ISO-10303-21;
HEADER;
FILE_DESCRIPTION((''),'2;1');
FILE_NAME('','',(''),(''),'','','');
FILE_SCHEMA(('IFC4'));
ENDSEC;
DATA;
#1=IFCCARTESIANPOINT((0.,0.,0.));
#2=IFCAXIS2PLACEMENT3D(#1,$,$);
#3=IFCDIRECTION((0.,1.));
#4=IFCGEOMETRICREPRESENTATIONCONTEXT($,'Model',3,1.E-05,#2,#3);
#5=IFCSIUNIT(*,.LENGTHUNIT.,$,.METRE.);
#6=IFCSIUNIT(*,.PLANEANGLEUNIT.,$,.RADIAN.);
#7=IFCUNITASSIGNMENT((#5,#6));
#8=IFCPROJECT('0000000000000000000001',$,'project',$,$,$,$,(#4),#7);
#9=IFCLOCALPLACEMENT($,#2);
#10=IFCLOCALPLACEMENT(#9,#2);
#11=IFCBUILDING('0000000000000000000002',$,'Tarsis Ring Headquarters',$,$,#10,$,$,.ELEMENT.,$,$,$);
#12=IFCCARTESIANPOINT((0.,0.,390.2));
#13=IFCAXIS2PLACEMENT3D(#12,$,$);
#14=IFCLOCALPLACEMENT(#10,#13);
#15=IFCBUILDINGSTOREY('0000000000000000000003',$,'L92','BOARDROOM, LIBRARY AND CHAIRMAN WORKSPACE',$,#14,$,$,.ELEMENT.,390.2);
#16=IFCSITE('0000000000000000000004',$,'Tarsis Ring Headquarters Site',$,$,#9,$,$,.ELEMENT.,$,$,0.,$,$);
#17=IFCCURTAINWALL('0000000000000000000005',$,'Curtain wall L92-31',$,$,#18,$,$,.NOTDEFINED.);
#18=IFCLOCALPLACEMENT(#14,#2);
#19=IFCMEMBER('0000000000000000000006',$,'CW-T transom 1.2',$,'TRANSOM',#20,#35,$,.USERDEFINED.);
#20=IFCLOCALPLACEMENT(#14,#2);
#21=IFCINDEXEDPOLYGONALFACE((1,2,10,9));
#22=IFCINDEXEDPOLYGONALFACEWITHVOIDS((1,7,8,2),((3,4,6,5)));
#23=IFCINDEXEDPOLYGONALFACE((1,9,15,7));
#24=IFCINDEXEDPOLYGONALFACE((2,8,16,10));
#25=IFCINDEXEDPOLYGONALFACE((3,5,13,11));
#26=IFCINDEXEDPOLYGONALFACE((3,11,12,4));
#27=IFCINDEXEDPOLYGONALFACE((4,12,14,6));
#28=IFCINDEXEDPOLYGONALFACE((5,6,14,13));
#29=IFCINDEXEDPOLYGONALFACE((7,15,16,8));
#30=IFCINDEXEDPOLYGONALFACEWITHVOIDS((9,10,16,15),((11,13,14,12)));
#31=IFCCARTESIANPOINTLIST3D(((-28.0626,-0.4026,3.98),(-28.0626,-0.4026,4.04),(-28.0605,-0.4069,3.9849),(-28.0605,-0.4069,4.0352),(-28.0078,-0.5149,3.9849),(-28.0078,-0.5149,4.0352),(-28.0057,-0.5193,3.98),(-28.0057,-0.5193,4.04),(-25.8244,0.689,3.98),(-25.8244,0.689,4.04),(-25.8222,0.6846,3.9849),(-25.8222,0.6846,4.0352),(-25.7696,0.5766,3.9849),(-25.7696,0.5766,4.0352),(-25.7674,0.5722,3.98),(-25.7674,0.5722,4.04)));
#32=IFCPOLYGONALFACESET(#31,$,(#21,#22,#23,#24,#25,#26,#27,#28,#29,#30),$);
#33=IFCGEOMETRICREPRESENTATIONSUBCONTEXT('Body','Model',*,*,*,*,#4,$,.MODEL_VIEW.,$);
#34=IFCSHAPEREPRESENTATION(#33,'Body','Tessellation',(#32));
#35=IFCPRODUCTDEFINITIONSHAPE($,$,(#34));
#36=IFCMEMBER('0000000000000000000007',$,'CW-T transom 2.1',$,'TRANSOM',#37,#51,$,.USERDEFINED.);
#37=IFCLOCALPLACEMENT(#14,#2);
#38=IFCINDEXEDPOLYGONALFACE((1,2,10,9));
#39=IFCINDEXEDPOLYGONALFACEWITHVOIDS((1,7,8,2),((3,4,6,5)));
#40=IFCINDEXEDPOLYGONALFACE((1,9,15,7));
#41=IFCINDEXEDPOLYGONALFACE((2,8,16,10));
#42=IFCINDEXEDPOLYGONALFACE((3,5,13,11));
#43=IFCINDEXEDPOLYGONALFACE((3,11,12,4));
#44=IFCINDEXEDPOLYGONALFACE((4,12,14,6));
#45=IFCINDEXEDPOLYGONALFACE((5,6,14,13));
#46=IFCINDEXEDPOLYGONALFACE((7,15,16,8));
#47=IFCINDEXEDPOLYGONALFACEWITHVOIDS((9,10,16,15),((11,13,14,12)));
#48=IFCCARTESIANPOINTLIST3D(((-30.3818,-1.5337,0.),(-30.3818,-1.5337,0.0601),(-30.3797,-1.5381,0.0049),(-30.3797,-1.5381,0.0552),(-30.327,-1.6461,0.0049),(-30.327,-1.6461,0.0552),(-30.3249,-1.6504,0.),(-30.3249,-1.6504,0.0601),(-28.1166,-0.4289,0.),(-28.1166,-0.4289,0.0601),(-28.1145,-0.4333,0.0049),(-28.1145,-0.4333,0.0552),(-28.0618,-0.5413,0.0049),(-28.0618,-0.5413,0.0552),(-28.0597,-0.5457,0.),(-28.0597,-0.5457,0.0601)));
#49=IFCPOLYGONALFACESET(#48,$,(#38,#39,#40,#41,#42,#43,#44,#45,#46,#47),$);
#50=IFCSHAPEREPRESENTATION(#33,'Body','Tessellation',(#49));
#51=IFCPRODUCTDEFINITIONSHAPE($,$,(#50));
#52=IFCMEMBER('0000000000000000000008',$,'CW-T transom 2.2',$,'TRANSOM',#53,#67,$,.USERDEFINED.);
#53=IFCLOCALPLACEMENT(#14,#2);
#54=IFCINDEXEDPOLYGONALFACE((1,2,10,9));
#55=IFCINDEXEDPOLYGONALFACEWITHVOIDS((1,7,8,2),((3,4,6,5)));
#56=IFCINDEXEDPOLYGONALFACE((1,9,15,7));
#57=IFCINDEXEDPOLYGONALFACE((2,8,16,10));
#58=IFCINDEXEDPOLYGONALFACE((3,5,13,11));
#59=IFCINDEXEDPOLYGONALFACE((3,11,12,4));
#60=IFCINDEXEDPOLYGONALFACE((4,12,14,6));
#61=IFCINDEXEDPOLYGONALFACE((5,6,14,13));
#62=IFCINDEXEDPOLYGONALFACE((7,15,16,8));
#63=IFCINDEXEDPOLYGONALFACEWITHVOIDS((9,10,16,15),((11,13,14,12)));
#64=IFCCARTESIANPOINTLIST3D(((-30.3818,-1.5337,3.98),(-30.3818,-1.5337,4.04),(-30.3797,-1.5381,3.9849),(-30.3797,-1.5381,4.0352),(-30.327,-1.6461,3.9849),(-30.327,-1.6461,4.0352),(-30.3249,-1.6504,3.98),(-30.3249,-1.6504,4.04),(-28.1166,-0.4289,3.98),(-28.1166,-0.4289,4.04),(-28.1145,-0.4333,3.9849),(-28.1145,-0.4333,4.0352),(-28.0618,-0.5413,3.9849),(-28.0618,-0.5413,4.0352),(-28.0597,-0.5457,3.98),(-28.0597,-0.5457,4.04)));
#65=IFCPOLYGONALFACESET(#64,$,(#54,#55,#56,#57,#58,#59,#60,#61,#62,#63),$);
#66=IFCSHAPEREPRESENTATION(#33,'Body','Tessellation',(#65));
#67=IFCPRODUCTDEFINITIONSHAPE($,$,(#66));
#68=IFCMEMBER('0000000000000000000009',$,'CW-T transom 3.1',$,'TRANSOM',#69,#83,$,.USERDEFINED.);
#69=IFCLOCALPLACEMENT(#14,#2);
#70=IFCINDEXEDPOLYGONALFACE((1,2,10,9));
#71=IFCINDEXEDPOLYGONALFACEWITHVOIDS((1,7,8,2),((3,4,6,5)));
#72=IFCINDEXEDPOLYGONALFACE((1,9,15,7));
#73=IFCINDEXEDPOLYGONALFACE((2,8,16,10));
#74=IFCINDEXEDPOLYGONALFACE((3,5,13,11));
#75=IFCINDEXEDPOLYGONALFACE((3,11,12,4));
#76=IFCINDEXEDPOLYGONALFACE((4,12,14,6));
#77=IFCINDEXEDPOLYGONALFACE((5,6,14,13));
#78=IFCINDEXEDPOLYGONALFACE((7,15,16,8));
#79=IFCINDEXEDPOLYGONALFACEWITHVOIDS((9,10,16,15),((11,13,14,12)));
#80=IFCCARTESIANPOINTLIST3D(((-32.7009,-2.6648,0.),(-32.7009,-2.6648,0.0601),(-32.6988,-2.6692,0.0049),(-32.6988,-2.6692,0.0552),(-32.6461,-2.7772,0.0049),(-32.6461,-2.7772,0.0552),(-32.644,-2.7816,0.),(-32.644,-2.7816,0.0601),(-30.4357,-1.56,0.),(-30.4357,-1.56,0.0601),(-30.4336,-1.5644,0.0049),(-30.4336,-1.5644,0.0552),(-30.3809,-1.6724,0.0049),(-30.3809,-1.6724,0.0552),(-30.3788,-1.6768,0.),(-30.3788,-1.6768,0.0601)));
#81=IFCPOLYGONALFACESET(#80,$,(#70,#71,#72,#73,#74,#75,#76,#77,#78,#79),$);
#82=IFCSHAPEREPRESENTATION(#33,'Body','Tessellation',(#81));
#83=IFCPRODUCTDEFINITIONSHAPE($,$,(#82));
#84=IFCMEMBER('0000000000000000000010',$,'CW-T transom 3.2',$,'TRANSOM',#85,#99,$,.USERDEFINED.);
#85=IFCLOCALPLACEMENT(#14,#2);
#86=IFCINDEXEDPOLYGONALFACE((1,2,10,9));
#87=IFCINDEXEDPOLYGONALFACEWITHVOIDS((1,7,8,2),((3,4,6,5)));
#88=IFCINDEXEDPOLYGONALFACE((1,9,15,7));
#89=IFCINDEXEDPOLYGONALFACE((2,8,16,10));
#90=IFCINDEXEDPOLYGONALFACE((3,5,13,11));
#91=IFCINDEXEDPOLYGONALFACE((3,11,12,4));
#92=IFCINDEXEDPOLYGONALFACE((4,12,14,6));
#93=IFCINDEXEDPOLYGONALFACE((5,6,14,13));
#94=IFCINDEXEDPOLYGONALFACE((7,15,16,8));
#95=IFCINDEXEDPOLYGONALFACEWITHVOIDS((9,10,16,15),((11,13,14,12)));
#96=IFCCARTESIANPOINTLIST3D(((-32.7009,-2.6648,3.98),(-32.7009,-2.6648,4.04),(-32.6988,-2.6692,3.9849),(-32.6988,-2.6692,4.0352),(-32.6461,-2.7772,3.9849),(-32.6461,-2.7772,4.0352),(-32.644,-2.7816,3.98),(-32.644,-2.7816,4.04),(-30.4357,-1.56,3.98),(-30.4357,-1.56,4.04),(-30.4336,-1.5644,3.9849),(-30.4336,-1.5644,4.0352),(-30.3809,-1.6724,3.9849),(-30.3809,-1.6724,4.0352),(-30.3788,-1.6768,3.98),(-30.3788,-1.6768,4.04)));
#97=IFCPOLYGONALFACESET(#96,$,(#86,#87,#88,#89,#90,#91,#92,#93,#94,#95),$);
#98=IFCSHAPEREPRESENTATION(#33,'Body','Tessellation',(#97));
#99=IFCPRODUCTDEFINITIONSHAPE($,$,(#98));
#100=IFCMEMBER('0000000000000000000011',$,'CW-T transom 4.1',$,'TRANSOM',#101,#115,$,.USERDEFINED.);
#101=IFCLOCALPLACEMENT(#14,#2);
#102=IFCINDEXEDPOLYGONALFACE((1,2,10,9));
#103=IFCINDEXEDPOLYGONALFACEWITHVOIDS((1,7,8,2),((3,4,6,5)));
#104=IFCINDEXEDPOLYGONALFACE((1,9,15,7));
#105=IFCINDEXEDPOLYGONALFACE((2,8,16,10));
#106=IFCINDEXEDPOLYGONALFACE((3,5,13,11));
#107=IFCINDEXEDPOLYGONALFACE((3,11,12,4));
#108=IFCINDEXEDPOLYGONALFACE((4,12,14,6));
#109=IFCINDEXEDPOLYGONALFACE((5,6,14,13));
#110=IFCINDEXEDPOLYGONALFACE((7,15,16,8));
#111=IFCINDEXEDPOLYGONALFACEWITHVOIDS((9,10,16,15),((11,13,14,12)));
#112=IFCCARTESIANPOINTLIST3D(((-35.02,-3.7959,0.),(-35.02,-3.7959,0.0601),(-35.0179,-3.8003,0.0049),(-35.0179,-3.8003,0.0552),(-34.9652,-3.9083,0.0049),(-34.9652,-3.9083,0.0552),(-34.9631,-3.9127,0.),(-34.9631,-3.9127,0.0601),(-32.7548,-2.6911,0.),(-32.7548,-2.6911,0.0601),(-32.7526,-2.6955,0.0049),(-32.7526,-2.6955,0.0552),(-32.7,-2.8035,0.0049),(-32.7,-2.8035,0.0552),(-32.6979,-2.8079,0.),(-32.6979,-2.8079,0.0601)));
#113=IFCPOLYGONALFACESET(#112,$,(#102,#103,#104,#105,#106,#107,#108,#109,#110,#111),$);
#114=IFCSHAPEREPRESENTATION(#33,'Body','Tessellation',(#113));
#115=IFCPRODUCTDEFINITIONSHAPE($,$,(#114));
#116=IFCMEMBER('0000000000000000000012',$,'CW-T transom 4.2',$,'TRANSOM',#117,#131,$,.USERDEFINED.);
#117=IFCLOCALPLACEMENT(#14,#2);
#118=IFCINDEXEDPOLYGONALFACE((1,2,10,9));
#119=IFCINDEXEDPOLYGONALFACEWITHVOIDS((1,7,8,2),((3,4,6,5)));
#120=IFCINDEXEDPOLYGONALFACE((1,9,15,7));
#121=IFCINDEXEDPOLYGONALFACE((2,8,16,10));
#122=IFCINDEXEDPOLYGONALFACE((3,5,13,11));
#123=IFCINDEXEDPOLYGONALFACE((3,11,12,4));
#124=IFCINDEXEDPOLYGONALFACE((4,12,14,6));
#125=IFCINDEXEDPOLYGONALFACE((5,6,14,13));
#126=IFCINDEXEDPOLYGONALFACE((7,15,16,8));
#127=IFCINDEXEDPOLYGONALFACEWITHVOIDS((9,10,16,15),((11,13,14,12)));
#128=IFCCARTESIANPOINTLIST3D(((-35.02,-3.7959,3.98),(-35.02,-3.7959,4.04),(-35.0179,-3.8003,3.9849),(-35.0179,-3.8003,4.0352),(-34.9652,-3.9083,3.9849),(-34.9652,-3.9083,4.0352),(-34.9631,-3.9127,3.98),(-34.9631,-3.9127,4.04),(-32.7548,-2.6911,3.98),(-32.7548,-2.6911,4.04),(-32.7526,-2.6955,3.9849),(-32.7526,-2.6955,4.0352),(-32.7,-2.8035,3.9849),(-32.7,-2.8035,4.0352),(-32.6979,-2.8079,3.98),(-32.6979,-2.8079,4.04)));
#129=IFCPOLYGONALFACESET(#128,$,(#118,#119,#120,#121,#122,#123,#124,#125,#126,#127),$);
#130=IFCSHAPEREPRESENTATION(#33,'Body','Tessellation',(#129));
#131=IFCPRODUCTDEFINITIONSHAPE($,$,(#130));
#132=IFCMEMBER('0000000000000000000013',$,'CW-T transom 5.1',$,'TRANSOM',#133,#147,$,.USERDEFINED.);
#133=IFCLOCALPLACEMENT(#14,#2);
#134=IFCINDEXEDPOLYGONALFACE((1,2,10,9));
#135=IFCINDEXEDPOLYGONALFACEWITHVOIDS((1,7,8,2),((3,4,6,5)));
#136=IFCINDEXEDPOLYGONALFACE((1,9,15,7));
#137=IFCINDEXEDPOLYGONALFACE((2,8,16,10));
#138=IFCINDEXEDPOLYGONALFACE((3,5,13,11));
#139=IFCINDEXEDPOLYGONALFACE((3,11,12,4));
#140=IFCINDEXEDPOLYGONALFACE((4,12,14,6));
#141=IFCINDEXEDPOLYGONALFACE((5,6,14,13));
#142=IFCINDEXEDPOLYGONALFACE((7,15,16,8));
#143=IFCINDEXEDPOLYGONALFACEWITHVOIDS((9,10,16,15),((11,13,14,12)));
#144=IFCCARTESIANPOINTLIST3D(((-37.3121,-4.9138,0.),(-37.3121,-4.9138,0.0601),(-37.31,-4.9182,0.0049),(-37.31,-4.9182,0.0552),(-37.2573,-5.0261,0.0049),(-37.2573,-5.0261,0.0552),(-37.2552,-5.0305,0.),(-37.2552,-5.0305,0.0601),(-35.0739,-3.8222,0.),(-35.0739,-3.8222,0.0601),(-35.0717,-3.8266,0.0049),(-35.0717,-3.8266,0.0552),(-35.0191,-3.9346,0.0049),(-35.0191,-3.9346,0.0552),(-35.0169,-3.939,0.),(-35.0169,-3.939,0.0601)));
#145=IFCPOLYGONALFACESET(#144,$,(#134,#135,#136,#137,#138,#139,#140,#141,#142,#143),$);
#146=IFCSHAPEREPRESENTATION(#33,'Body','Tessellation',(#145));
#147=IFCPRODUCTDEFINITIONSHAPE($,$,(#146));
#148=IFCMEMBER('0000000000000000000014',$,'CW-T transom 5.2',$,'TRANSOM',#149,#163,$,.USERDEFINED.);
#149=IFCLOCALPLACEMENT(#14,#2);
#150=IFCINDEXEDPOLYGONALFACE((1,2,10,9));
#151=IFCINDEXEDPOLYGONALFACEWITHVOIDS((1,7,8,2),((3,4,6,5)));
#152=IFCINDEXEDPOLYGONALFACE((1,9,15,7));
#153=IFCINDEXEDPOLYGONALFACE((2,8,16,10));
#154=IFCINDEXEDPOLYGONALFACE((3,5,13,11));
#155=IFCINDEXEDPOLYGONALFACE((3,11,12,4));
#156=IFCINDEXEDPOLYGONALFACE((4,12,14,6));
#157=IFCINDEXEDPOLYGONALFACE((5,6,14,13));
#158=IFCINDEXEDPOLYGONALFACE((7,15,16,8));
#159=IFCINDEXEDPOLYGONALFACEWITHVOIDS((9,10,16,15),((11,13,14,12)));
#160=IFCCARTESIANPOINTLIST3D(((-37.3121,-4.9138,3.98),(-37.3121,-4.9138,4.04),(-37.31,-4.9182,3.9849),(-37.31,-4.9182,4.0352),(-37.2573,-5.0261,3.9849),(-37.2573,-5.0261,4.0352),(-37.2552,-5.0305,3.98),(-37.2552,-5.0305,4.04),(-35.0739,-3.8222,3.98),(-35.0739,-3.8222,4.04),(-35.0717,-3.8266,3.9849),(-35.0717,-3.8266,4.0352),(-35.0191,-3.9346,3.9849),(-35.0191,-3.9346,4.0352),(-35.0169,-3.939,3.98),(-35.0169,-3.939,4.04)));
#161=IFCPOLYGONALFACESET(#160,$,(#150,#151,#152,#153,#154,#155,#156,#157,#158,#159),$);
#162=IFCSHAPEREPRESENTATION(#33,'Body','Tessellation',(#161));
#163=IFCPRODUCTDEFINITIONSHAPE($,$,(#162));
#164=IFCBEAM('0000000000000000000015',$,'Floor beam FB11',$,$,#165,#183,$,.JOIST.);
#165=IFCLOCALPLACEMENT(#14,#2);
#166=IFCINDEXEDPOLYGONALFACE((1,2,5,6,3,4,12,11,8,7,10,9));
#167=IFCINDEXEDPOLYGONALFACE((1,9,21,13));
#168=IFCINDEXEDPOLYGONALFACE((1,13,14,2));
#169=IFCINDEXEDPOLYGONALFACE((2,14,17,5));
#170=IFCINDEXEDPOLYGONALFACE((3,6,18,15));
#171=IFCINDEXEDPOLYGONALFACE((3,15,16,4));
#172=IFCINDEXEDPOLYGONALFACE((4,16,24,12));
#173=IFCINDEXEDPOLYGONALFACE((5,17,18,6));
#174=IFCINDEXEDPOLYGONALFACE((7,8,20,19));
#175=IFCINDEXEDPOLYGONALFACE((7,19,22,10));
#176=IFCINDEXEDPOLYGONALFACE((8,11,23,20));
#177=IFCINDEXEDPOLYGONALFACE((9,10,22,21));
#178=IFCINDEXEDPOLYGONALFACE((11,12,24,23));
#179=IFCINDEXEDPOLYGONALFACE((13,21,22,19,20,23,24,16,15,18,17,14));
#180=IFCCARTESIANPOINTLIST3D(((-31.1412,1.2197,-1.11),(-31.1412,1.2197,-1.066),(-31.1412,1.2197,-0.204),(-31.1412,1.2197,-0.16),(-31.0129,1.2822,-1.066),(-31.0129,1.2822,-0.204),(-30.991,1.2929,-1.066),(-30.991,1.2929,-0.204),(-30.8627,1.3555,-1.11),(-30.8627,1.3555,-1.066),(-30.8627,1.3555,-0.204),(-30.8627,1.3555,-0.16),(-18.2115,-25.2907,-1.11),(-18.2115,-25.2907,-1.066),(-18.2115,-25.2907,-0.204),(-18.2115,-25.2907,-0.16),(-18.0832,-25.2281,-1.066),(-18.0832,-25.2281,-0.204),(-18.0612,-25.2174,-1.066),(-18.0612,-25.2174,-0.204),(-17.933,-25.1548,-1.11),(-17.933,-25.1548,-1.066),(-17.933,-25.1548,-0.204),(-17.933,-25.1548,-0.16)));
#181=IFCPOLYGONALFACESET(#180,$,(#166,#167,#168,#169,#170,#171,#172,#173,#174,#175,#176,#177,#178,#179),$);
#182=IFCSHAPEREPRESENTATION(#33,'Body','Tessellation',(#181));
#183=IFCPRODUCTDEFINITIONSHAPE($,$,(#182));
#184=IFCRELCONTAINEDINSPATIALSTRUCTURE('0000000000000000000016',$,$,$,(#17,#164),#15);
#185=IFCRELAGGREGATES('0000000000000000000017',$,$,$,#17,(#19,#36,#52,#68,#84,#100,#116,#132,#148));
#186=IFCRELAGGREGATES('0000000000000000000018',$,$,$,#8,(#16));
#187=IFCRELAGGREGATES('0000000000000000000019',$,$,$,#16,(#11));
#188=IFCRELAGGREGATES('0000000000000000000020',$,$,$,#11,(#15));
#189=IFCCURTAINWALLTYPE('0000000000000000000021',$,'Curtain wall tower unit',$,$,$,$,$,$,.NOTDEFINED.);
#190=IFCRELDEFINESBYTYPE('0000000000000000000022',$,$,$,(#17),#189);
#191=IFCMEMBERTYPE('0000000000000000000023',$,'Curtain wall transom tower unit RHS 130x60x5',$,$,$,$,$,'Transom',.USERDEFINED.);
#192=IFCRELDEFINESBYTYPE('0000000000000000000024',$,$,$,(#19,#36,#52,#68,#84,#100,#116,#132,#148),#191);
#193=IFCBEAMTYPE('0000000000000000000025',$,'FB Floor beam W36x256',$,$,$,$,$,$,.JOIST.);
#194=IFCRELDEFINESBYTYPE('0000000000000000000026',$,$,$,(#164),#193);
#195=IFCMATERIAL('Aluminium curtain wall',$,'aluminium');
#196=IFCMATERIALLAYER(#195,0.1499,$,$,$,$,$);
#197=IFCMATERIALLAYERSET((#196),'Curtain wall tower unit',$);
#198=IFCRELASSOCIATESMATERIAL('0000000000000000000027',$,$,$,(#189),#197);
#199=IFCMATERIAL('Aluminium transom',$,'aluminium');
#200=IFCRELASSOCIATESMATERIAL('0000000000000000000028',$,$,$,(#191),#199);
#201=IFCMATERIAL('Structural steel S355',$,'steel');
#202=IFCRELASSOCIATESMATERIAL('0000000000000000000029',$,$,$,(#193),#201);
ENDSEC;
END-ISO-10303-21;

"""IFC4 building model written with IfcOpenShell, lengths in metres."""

from ifc_helpers import new_model, si_unit, direction, frame, origin, origin_2d, place, context, subcontext, project, spatial, hollow_rectangle, i_section, extrude, material, layer, layer_set, material_profile, profile_set, type_object, element, aggregate, save


model = new_model("IFC4")

# Units and contexts
model_context = context("Model", 3, precision=1e-05, world=origin(), true_north=direction((0.0, 1.0)))
body_context = subcontext(model_context, "Body", "Model", "MODEL_VIEW")
ifc_project = project(units=[si_unit("LENGTHUNIT", "METRE"), si_unit("PLANEANGLEUNIT", "RADIAN")], contexts=[model_context])

# Site, building, storey
site_placement = place(None, origin())
site = spatial("IfcSite", under=ifc_project, at=site_placement, Name="Tarsis Ring Headquarters Site", CompositionType="ELEMENT", RefElevation=0.0)
building_placement = place(site_placement, origin())
building = spatial("IfcBuilding", under=site, at=building_placement, Name="Tarsis Ring Headquarters", CompositionType="ELEMENT")
storey_placement = place(building_placement, frame((0.0, 0.0, 390.2)))
storey = spatial("IfcBuildingStorey", under=building, at=storey_placement, Name="L92", Description="BOARDROOM, LIBRARY AND CHAIRMAN WORKSPACE", CompositionType="ELEMENT", Elevation=390.2)

# Shared definitions
ifc_material_1 = material(Name="Structural steel S355", Category="steel")

# Curtain wall, members
ifc_material_2 = material(Name="Aluminium curtain wall", Category="aluminium")
ifc_layer_1 = layer(ifc_material_2, 0.1499)
ifc_layer_set_1 = layer_set([ifc_layer_1], Name="Curtain wall tower unit")
curtain_wall_type = type_object("IfcCurtainWallType", Name="Curtain wall tower unit", PredefinedType="NOTDEFINED", material=ifc_layer_set_1)
curtain_wall_placement = place(storey_placement, origin())
curtain_wall = element("IfcCurtainWall", 1, at=curtain_wall_placement, inside=storey, type_object=curtain_wall_type, Name="Curtain wall L92-31", PredefinedType="NOTDEFINED")
ifc_material_3 = material(Name="Aluminium transom", Category="aluminium")
ifc_material_profile_1 = material_profile(ifc_material_3, hollow_rectangle(XDim=0.1299, YDim=0.0601, WallThickness=0.0049, at=origin_2d()), Name="RHS 130x60x5")
ifc_profile_set_1 = profile_set([ifc_material_profile_1], Name="Aluminium transom")
member_type_1 = type_object("IfcMemberType", Name="Curtain wall transom tower unit RHS 130x60x5", ElementType="Transom", PredefinedType="USERDEFINED", material=ifc_profile_set_1)
member_1_placement = place(storey_placement, frame((-25.7959, 0.6306, 4.01), z_axis=(-0.898815, -0.438329, 0.0), x_axis=(0.438329, -0.898815, 0.0)))
member_1 = element("IfcMember", 2, at=member_1_placement, type_object=member_type_1, Name="CW-T transom 1.2", ObjectType="TRANSOM", PredefinedType="USERDEFINED", context=body_context, shape_type="SweptSolid", body=[
    extrude(hollow_rectangle(XDim=0.1299, YDim=0.0601, WallThickness=0.0049, at=origin_2d()), origin(), (0.0, 0.0, 1.0), 2.4902),
])
member_2_placement = place(storey_placement, frame((-28.0881, -0.4873, 0.03), z_axis=(-0.898801, -0.438357, 0.0), x_axis=(0.438357, -0.898801, 0.0)))
member_2 = element("IfcMember", 3, at=member_2_placement, type_object=member_type_1, Name="CW-T transom 2.1", ObjectType="TRANSOM", PredefinedType="USERDEFINED", context=body_context, shape_type="SweptSolid", body=[
    extrude(hollow_rectangle(XDim=0.1299, YDim=0.0601, WallThickness=0.0049, at=origin_2d()), origin(), (0.0, 0.0, 1.0), 2.5203),
])
member_3_placement = place(storey_placement, frame((-28.0881, -0.4873, 4.01), z_axis=(-0.898801, -0.438357, 0.0), x_axis=(0.438357, -0.898801, 0.0)))
member_3 = element("IfcMember", 4, at=member_3_placement, type_object=member_type_1, Name="CW-T transom 2.2", ObjectType="TRANSOM", PredefinedType="USERDEFINED", context=body_context, shape_type="SweptSolid", body=[
    extrude(hollow_rectangle(XDim=0.1299, YDim=0.0601, WallThickness=0.0049, at=origin_2d()), origin(), (0.0, 0.0, 1.0), 2.5203),
])
member_4_placement = place(storey_placement, frame((-30.4072, -1.6184, 0.03), z_axis=(-0.898801, -0.438357, 0.0), x_axis=(0.438357, -0.898801, 0.0)))
member_4 = element("IfcMember", 5, at=member_4_placement, type_object=member_type_1, Name="CW-T transom 3.1", ObjectType="TRANSOM", PredefinedType="USERDEFINED", context=body_context, shape_type="SweptSolid", body=[
    extrude(hollow_rectangle(XDim=0.1299, YDim=0.0601, WallThickness=0.0049, at=origin_2d()), origin(), (0.0, 0.0, 1.0), 2.5203),
])
member_5_placement = place(storey_placement, frame((-30.4072, -1.6184, 4.01), z_axis=(-0.898801, -0.438357, 0.0), x_axis=(0.438357, -0.898801, 0.0)))
member_5 = element("IfcMember", 6, at=member_5_placement, type_object=member_type_1, Name="CW-T transom 3.2", ObjectType="TRANSOM", PredefinedType="USERDEFINED", context=body_context, shape_type="SweptSolid", body=[
    extrude(hollow_rectangle(XDim=0.1299, YDim=0.0601, WallThickness=0.0049, at=origin_2d()), origin(), (0.0, 0.0, 1.0), 2.5203),
])
member_6_placement = place(storey_placement, frame((-32.7263, -2.7495, 0.03), z_axis=(-0.898801, -0.438357, 0.0), x_axis=(0.438357, -0.898801, 0.0)))
member_6 = element("IfcMember", 7, at=member_6_placement, type_object=member_type_1, Name="CW-T transom 4.1", ObjectType="TRANSOM", PredefinedType="USERDEFINED", context=body_context, shape_type="SweptSolid", body=[
    extrude(hollow_rectangle(XDim=0.1299, YDim=0.0601, WallThickness=0.0049, at=origin_2d()), origin(), (0.0, 0.0, 1.0), 2.5203),
])
member_7_placement = place(storey_placement, frame((-32.7263, -2.7495, 4.01), z_axis=(-0.898801, -0.438357, 0.0), x_axis=(0.438357, -0.898801, 0.0)))
member_7 = element("IfcMember", 8, at=member_7_placement, type_object=member_type_1, Name="CW-T transom 4.2", ObjectType="TRANSOM", PredefinedType="USERDEFINED", context=body_context, shape_type="SweptSolid", body=[
    extrude(hollow_rectangle(XDim=0.1299, YDim=0.0601, WallThickness=0.0049, at=origin_2d()), origin(), (0.0, 0.0, 1.0), 2.5203),
])
member_8_placement = place(storey_placement, frame((-35.0454, -3.8806, 0.03), z_axis=(-0.898815, -0.438329, 0.0), x_axis=(0.438329, -0.898815, 0.0)))
member_8 = element("IfcMember", 9, at=member_8_placement, type_object=member_type_1, Name="CW-T transom 5.1", ObjectType="TRANSOM", PredefinedType="USERDEFINED", context=body_context, shape_type="SweptSolid", body=[
    extrude(hollow_rectangle(XDim=0.1299, YDim=0.0601, WallThickness=0.0049, at=origin_2d()), origin(), (0.0, 0.0, 1.0), 2.4902),
])
member_9_placement = place(storey_placement, frame((-35.0454, -3.8806, 4.01), z_axis=(-0.898815, -0.438329, 0.0), x_axis=(0.438329, -0.898815, 0.0)))
member_9 = element("IfcMember", 10, at=member_9_placement, type_object=member_type_1, Name="CW-T transom 5.2", ObjectType="TRANSOM", PredefinedType="USERDEFINED", context=body_context, shape_type="SweptSolid", body=[
    extrude(hollow_rectangle(XDim=0.1299, YDim=0.0601, WallThickness=0.0049, at=origin_2d()), origin(), (0.0, 0.0, 1.0), 2.4902),
])

# Beam
ifc_material_profile_2 = material_profile(ifc_material_1, i_section(OverallWidth=0.3098, OverallDepth=0.95, WebThickness=0.0244, FlangeThickness=0.0439, at=origin_2d()), Name="W36x256")
ifc_profile_set_2 = profile_set([ifc_material_profile_2], Name="Structural steel S355")
beam_type_1 = type_object("IfcBeamType", Name="FB Floor beam W36x256", PredefinedType="JOIST", material=ifc_profile_set_2)
beam_1_placement = place(storey_placement, frame((-31.002, 1.2876, -0.635), z_axis=(0.438365, -0.898797, 0.0), x_axis=(0.898797, 0.438365, 0.0)))
element("IfcBeam", 11, at=beam_1_placement, inside=storey, type_object=beam_type_1, Name="Floor beam FB11", PredefinedType="JOIST", context=body_context, shape_type="SweptSolid", body=[
    extrude(i_section(OverallWidth=0.3098, OverallDepth=0.95, WebThickness=0.0244, FlangeThickness=0.0439, at=origin_2d()), origin(), (0.0, 0.0, 1.0), 29.4954),
])

aggregate(curtain_wall, [member_1, member_2, member_3, member_4, member_5, member_6, member_7, member_8, member_9])

save(model, "model.ifc")
